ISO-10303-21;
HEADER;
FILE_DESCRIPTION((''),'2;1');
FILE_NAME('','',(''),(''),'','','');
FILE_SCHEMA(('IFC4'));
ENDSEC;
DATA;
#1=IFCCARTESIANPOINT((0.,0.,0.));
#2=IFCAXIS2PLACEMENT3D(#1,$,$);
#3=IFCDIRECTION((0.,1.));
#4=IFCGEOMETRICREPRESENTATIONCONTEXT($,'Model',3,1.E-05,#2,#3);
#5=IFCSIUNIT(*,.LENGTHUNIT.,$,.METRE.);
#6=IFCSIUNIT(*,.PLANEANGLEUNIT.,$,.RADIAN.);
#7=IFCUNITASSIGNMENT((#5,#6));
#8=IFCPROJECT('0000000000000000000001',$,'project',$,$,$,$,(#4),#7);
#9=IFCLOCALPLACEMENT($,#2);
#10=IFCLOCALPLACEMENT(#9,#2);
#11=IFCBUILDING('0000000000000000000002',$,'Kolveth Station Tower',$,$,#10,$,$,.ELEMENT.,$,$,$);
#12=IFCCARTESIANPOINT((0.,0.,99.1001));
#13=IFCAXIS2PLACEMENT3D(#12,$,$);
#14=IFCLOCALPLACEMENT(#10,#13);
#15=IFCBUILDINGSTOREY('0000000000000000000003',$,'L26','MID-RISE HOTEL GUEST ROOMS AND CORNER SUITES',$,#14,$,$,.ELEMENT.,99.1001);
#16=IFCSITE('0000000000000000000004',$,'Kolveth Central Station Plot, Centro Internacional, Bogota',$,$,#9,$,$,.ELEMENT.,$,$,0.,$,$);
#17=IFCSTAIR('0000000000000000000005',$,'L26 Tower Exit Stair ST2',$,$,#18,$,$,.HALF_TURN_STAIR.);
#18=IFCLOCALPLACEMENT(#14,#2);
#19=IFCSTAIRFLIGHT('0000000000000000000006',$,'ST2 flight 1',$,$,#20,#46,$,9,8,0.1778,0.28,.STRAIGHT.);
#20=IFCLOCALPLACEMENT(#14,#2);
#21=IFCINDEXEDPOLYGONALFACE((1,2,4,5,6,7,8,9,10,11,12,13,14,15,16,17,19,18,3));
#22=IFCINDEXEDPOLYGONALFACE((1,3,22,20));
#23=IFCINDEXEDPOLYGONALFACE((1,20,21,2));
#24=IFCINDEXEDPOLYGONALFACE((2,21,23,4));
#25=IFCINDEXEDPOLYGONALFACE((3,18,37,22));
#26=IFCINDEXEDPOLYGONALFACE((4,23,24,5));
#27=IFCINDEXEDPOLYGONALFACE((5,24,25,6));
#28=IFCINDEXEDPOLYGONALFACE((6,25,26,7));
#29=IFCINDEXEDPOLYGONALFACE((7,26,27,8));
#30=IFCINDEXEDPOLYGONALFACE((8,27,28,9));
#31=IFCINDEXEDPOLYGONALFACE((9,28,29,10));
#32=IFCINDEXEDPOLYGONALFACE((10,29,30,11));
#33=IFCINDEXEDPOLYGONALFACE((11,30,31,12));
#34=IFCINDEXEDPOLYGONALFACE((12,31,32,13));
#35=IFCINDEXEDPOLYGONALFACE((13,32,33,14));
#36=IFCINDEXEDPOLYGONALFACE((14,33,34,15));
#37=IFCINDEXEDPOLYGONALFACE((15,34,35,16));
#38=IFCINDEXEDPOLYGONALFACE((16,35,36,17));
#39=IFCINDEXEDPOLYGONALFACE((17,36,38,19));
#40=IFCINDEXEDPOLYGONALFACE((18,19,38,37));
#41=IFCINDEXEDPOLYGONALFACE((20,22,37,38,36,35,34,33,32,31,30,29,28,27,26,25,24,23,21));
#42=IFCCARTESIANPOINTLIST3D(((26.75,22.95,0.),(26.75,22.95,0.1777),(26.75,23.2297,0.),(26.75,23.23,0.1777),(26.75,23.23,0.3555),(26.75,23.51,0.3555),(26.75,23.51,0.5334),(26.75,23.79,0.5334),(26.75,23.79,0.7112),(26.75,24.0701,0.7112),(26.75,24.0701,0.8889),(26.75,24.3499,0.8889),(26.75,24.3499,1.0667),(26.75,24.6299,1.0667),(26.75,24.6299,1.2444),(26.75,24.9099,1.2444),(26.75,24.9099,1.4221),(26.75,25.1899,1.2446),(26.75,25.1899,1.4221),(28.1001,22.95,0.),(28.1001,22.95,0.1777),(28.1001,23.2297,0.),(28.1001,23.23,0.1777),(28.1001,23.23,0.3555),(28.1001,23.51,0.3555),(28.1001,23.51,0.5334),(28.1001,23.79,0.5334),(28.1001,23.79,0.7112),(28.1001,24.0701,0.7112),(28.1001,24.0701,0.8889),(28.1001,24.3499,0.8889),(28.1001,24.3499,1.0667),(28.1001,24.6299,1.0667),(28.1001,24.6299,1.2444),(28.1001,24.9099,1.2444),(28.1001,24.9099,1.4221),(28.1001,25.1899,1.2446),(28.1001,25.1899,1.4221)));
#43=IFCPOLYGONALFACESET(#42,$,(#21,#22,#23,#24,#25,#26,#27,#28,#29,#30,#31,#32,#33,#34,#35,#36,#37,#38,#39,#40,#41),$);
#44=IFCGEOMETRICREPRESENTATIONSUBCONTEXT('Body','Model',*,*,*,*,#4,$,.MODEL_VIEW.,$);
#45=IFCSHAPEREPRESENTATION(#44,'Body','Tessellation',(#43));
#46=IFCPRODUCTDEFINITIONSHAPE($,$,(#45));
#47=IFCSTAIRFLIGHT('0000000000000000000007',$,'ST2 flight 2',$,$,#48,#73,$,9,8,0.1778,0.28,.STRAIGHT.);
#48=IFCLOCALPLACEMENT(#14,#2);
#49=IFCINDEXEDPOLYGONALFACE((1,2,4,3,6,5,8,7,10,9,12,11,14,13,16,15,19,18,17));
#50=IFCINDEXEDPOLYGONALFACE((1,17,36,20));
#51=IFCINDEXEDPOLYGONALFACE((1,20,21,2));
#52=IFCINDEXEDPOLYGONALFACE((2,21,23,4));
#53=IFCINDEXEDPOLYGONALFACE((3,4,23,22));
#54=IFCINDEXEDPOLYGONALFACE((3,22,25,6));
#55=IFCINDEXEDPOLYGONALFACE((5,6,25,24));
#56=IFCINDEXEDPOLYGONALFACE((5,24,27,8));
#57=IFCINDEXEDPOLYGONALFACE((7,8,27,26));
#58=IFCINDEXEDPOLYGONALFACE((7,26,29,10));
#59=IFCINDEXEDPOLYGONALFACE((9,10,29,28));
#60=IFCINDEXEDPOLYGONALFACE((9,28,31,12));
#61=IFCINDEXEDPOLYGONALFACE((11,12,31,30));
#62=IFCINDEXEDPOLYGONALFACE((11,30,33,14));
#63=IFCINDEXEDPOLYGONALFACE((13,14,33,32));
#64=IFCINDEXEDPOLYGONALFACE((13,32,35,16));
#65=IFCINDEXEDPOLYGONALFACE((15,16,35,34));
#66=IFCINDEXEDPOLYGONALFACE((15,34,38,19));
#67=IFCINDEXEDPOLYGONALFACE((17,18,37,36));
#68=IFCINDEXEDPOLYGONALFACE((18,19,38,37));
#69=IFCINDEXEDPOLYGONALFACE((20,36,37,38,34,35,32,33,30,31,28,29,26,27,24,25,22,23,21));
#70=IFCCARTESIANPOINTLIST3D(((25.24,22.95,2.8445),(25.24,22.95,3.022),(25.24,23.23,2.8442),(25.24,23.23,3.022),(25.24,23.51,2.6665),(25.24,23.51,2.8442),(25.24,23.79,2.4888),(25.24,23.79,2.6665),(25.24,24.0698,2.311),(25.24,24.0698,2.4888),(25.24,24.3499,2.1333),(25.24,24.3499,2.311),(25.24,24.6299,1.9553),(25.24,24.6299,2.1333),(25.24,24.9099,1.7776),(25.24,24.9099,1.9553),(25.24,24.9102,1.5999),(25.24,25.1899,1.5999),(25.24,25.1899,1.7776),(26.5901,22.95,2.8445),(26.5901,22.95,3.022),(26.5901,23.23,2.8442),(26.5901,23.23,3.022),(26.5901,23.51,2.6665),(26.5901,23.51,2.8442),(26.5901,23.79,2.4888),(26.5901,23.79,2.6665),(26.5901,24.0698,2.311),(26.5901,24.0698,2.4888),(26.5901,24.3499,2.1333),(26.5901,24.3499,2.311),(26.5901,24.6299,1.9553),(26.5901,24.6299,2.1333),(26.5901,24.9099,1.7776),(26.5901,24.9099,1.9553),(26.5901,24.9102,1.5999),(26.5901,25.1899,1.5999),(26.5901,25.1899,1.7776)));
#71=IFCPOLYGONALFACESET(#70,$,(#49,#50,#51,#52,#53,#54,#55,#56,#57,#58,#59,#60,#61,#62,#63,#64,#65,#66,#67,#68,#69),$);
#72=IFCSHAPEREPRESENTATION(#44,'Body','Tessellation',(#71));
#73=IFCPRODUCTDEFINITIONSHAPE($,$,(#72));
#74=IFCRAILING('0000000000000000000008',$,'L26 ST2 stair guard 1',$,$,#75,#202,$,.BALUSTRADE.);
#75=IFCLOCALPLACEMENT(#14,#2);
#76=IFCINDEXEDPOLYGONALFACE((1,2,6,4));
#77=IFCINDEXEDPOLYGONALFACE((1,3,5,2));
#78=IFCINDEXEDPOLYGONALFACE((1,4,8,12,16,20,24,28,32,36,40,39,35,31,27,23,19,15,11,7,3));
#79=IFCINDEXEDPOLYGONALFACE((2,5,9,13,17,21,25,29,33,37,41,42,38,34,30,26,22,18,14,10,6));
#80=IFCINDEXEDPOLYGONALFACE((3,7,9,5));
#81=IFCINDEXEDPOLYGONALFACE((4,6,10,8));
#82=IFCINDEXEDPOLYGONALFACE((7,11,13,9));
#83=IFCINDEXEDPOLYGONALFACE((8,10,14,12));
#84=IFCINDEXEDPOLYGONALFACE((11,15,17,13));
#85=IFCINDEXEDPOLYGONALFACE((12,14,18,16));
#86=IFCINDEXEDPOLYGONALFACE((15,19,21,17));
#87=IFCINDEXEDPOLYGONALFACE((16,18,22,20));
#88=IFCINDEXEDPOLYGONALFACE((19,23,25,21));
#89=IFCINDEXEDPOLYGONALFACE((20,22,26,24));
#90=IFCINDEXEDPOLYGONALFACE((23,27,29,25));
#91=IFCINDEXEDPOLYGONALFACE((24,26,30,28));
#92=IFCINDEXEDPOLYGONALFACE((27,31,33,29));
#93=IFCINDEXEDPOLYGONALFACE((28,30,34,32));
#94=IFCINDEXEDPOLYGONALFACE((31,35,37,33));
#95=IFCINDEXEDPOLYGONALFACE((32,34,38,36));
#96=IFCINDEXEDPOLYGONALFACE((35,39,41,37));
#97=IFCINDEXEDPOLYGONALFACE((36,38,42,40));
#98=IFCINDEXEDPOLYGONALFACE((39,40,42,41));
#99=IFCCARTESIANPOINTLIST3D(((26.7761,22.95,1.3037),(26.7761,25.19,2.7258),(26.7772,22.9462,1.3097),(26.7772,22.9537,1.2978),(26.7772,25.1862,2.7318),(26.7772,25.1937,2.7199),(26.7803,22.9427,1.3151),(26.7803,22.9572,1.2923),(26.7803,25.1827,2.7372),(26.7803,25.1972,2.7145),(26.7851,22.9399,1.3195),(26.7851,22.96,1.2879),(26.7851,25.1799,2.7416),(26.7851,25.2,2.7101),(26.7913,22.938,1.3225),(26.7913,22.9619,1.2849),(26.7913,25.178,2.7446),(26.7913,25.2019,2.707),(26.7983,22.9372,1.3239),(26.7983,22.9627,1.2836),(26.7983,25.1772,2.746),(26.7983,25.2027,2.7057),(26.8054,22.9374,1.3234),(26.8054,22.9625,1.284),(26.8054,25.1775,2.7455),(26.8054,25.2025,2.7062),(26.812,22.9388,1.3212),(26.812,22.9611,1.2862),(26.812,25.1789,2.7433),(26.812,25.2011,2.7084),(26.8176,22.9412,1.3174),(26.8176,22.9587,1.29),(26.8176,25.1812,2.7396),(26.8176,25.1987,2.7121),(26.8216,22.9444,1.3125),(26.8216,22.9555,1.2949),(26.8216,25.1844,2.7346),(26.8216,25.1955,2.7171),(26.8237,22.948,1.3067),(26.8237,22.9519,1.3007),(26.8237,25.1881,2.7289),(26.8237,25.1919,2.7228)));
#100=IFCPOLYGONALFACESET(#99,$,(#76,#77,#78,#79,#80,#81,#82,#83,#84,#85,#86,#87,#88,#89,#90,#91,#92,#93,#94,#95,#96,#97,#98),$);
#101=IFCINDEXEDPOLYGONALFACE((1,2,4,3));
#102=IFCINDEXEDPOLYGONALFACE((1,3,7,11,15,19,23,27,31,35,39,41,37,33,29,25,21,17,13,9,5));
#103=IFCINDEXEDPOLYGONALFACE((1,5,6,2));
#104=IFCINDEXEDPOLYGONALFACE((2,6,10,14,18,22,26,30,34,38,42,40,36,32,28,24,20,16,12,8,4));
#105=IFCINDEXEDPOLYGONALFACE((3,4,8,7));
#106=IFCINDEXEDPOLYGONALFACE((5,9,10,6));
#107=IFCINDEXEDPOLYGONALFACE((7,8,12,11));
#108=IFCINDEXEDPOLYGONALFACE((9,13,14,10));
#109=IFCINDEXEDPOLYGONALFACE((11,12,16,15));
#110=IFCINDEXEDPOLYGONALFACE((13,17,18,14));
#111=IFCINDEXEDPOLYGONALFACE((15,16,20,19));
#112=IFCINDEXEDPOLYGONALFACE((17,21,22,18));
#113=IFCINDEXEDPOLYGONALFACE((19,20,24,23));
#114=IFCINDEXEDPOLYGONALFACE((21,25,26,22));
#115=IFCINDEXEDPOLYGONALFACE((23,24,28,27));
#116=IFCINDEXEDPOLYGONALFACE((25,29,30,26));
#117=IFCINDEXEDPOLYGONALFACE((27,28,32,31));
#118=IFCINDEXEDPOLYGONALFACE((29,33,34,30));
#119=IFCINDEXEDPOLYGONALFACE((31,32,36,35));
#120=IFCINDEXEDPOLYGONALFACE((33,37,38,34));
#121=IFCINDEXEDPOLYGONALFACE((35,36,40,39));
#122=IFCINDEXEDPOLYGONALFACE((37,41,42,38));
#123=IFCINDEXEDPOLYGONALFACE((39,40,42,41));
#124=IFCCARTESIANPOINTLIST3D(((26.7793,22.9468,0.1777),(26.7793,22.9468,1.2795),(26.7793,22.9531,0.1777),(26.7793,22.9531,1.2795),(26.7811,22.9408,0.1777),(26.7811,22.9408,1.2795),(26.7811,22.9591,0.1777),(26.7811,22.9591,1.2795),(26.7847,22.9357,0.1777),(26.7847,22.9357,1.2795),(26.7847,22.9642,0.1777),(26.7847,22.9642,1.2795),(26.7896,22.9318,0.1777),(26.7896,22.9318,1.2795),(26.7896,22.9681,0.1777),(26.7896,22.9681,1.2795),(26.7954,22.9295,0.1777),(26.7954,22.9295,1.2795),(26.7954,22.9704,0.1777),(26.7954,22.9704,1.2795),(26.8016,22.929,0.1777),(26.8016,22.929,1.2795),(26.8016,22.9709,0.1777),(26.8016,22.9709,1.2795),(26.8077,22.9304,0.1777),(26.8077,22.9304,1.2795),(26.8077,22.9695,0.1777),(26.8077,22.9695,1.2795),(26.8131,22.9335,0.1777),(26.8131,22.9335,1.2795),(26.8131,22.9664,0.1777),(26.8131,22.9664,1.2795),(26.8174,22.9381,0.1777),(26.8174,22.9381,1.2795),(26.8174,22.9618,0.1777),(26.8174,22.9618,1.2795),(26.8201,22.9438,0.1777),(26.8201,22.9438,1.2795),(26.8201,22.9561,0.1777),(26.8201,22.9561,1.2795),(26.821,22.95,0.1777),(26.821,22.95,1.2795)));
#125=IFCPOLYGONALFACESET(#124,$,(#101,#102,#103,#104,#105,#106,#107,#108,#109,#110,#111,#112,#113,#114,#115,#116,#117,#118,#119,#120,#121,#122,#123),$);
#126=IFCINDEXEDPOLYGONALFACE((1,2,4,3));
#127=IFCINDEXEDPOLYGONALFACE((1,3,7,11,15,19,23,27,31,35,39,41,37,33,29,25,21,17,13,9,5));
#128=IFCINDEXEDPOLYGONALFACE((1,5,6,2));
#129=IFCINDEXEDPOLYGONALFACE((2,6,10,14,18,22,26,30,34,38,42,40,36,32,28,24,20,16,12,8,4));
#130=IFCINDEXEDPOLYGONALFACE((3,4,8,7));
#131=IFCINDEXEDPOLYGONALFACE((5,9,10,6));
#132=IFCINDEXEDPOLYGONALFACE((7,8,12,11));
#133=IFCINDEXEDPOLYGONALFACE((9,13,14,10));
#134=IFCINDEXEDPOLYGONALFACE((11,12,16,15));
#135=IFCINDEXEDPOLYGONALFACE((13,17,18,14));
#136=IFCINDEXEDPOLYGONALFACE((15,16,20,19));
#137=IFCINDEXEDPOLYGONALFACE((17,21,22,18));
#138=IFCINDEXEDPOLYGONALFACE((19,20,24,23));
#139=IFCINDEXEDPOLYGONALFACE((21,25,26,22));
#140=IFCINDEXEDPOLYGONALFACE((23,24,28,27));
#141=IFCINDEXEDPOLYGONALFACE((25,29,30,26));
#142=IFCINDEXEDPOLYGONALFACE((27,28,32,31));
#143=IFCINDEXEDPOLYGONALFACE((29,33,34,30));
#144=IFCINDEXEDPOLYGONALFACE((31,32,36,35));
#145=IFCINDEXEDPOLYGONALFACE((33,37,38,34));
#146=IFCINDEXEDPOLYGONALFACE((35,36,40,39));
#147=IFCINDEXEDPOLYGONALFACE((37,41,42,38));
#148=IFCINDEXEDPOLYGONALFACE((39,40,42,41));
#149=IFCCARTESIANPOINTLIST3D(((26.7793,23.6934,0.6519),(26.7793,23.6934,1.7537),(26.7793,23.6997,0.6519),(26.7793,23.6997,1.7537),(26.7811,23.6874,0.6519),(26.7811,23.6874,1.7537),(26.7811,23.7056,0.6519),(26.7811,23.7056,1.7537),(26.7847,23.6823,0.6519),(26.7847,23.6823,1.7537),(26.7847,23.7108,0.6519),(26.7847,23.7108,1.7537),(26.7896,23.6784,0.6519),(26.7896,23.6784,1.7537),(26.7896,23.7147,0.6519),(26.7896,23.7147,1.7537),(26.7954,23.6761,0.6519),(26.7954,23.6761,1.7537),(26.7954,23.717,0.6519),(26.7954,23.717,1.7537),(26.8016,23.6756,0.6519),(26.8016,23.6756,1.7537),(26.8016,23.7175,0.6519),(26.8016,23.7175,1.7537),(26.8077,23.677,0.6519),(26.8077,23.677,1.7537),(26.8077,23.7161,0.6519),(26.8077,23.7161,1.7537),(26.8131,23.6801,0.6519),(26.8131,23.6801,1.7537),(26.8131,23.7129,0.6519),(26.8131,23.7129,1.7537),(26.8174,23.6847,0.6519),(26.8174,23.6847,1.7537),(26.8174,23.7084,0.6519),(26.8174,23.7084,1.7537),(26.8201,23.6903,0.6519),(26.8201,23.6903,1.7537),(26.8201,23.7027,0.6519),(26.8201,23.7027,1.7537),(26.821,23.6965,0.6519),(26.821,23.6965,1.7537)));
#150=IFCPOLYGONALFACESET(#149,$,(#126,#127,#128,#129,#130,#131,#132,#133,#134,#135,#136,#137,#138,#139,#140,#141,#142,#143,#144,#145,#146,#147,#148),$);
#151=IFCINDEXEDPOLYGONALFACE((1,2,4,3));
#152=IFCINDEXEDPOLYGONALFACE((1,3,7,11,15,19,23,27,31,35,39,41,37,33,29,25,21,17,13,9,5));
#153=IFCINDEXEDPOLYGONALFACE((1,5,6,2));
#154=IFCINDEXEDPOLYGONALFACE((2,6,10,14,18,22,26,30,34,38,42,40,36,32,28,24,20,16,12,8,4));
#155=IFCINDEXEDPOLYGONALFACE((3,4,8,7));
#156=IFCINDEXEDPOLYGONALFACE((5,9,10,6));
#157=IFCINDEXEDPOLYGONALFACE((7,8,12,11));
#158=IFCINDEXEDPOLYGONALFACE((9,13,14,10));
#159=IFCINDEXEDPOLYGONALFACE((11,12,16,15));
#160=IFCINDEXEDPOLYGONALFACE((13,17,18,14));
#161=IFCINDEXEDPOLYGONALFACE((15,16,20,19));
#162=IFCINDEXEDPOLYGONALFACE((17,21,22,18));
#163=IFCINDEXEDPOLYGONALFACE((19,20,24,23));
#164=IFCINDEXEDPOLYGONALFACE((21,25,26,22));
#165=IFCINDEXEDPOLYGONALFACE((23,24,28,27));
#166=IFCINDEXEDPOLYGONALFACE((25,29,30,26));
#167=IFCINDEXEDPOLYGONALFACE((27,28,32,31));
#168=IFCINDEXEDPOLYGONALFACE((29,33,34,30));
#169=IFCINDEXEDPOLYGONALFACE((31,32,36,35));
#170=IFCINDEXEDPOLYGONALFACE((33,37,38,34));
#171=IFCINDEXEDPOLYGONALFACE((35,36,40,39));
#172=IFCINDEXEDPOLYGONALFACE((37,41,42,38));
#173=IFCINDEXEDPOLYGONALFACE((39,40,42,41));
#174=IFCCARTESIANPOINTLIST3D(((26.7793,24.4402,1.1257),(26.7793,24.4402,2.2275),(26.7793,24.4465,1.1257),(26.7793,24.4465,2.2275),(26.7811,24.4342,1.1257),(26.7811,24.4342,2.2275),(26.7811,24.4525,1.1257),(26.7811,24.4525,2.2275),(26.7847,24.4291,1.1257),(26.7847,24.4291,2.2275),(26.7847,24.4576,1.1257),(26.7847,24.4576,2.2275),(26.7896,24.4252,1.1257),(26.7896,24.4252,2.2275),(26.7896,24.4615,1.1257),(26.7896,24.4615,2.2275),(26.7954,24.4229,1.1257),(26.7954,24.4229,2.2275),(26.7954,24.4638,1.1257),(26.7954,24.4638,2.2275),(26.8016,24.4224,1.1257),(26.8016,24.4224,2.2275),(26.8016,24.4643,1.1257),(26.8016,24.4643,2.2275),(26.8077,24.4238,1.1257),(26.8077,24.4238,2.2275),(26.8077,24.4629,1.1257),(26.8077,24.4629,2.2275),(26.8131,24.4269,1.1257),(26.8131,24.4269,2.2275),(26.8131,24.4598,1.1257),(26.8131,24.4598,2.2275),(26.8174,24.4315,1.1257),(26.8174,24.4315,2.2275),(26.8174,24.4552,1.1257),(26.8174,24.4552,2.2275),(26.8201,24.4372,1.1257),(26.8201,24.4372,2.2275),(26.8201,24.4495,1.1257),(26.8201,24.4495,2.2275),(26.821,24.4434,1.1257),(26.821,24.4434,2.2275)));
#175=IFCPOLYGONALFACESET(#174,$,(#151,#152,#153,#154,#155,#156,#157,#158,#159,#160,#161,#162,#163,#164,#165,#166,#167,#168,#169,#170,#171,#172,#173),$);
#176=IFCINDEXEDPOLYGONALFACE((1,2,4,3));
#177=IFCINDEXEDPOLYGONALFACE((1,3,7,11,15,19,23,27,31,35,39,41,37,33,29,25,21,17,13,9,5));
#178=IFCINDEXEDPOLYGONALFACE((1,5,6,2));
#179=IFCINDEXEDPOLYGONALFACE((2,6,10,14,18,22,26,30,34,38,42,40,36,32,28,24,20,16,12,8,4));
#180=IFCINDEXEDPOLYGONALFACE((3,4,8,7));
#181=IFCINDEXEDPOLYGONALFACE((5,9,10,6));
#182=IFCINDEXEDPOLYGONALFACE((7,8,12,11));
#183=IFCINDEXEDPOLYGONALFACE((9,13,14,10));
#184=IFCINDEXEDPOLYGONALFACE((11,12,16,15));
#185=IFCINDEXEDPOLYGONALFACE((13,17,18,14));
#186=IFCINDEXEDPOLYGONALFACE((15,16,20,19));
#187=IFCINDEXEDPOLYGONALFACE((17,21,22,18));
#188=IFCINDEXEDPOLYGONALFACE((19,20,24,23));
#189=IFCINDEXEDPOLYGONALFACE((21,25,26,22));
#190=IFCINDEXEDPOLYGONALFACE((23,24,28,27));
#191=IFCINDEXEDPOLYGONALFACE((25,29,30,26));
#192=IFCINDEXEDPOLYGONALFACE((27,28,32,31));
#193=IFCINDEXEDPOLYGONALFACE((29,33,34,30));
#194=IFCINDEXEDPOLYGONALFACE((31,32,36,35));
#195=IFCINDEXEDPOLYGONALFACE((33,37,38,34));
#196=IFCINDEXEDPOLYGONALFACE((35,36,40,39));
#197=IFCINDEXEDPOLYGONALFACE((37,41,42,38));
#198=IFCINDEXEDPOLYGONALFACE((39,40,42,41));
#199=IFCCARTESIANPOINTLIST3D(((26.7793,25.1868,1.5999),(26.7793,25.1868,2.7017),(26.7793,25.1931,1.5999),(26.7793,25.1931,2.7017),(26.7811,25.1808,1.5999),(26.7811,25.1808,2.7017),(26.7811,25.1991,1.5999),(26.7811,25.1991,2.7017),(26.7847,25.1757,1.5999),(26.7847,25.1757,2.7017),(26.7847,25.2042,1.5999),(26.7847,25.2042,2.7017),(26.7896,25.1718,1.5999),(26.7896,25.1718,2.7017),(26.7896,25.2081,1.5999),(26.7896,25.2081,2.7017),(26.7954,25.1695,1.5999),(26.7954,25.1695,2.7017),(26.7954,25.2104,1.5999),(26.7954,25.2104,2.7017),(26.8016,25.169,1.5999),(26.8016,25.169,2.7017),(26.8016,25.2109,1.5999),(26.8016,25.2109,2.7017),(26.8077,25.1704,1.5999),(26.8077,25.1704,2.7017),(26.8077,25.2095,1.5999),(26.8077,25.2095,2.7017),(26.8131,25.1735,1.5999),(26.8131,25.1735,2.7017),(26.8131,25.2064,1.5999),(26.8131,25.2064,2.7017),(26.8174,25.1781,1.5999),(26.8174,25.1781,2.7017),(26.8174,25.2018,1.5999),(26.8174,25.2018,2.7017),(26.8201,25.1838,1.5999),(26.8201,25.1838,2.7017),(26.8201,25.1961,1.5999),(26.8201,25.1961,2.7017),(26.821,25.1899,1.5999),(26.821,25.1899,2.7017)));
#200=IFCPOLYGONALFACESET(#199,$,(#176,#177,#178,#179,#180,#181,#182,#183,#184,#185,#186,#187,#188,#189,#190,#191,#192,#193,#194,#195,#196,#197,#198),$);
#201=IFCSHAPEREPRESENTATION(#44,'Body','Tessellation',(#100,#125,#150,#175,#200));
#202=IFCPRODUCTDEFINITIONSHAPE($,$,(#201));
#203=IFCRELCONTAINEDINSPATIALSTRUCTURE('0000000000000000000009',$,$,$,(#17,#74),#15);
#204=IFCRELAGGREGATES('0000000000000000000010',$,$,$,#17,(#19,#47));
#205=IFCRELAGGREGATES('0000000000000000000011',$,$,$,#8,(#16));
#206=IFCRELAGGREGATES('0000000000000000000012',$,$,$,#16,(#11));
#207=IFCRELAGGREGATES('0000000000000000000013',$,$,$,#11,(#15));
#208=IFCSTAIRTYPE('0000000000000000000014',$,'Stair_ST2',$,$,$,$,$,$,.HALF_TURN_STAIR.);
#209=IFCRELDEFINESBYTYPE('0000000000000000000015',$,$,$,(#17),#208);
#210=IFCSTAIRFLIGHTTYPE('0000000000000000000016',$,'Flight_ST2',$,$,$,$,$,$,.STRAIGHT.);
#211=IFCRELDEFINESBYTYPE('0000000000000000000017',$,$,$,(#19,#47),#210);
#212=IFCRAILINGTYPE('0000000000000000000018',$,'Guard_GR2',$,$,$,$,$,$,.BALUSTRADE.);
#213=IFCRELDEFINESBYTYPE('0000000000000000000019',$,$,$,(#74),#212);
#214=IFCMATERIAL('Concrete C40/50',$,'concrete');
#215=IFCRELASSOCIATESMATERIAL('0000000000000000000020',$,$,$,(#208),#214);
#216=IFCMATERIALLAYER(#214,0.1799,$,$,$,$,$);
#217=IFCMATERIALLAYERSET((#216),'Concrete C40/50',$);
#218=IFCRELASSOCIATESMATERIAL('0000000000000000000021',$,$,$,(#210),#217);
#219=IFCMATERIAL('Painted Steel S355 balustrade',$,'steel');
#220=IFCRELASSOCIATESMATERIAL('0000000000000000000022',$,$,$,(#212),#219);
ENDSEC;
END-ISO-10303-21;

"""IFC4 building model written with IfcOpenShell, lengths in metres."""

from ifc_helpers import new_model, si_unit, direction, frame, origin, origin_2d, place, context, subcontext, project, spatial, polyline, circle, outline, extrude, material, layer, layer_set, type_object, element, aggregate, save


model = new_model("IFC4")

# Units and contexts
model_context = context("Model", 3, precision=1e-05, world=origin(), true_north=direction((0.0, 1.0)))
body_context = subcontext(model_context, "Body", "Model", "MODEL_VIEW")
ifc_project = project(units=[si_unit("LENGTHUNIT", "METRE"), si_unit("PLANEANGLEUNIT", "RADIAN")], contexts=[model_context])

# Site, building, storey
site_placement = place(None, origin())
site = spatial("IfcSite", under=ifc_project, at=site_placement, Name="Kolveth Central Station Plot, Centro Internacional, Bogota", CompositionType="ELEMENT", RefElevation=0.0)
building_placement = place(site_placement, origin())
building = spatial("IfcBuilding", under=site, at=building_placement, Name="Kolveth Station Tower", CompositionType="ELEMENT")
storey_placement = place(building_placement, frame((0.0, 0.0, 99.1001)))
storey = spatial("IfcBuildingStorey", under=building, at=storey_placement, Name="L26", Description="MID-RISE HOTEL GUEST ROOMS AND CORNER SUITES", CompositionType="ELEMENT", Elevation=99.1001)

# Shared definitions
ifc_material_1 = material(Name="Concrete C40/50", Category="concrete")

# Stair, stair flights
stair_type = type_object("IfcStairType", Name="Stair_ST2", PredefinedType="HALF_TURN_STAIR", material=ifc_material_1)
stair_placement = place(storey_placement, origin())
stair = element("IfcStair", 1, at=stair_placement, inside=storey, type_object=stair_type, Name="L26 Tower Exit Stair ST2", PredefinedType="HALF_TURN_STAIR")
ifc_layer_1 = layer(ifc_material_1, 0.1799)
ifc_layer_set_1 = layer_set([ifc_layer_1], Name="Concrete C40/50")
stair_flight_type = type_object("IfcStairFlightType", Name="Flight_ST2", PredefinedType="STRAIGHT", material=ifc_layer_set_1)
stair_flight_1_placement = place(storey_placement, frame((27.425, 22.95, 0.0), z_axis=(0.0, 0.0, 1.0), x_axis=(0.0, 1.0, 0.0)))
stair_flight_1 = element("IfcStairFlight", 2, at=stair_flight_1_placement, type_object=stair_flight_type, Name="ST2 flight 1", NumberOfRisers=9, NumberOfTreads=8, PredefinedType="STRAIGHT", RiserHeight=0.1778, TreadLength=0.28, context=body_context, shape_type="SweptSolid", body=[
    extrude(outline(polyline([(0.0, 0.0), (0.0, 0.1777), (0.28, 0.1777), (0.28, 0.3555), (0.5601, 0.3555), (0.5601, 0.5334), (0.8401, 0.5334), (0.8401, 0.7112), (1.1201, 0.7112), (1.1201, 0.8889), (1.3999, 0.8889), (1.3999, 1.0667), (1.6799, 1.0667), (1.6799, 1.2444), (1.96, 1.2444), (1.96, 1.4221), (2.24, 1.4221), (2.24, 1.6001), (2.24, 1.2446), (0.2798, 0.0), (0.0, 0.0)])), frame((0.0, 0.675, 0.0), z_axis=(0.0, -1.0, 0.0), x_axis=(1.0, 0.0, 0.0)), (0.0, 0.0, 1.0), 1.3501),
])
stair_flight_2_placement = place(storey_placement, frame((25.915, 25.1899, 1.5999), z_axis=(0.0, 0.0, 1.0), x_axis=(0.0, -1.0, 0.0)))
stair_flight_2 = element("IfcStairFlight", 3, at=stair_flight_2_placement, type_object=stair_flight_type, Name="ST2 flight 2", NumberOfRisers=9, NumberOfTreads=8, PredefinedType="STRAIGHT", RiserHeight=0.1778, TreadLength=0.28, context=body_context, shape_type="SweptSolid", body=[
    extrude(outline(polyline([(0.0, 0.0), (0.0, 0.1777), (0.28, 0.1777), (0.28, 0.3555), (0.5601, 0.3555), (0.5601, 0.5334), (0.8401, 0.5334), (0.8401, 0.7112), (1.1201, 0.7112), (1.1201, 0.8889), (1.3999, 0.8889), (1.3999, 1.0667), (1.6799, 1.0667), (1.6799, 1.2444), (1.96, 1.2444), (1.96, 1.4221), (2.24, 1.4221), (2.24, 1.6001), (2.24, 1.2446), (0.2798, 0.0), (0.0, 0.0)])), frame((0.0, 0.675, 0.0), z_axis=(0.0, -1.0, 0.0), x_axis=(1.0, 0.0, 0.0)), (0.0, 0.0, 1.0), 1.3501),
])
aggregate(stair, [stair_flight_1, stair_flight_2])

# Railing
ifc_material_2 = material(Name="Painted Steel S355 balustrade", Category="steel")
railing_type_1 = type_object("IfcRailingType", Name="Guard_GR2", PredefinedType="BALUSTRADE", material=ifc_material_2)
railing_1_placement = place(storey_placement, frame((26.8, 22.95, 0.1777)))
element("IfcRailing", 4, at=railing_1_placement, inside=storey, type_object=railing_type_1, Name="L26 ST2 stair guard 1", PredefinedType="BALUSTRADE", context=body_context, shape_type="SweptSolid", body=[
    extrude(circle(Radius=0.0239, at=origin_2d()), frame((0.0, 0.0, 1.126), z_axis=(0.0, 0.844229, 0.535982), x_axis=(-1.0, 0.0, 0.0)), (0.0, 0.0, 1.0), 2.6533),
    extrude(circle(Radius=0.021, at=origin_2d()), origin(), (0.0, 0.0, 1.0), 1.1018),
    extrude(circle(Radius=0.021, at=origin_2d()), frame((0.0, 0.7466, 0.4741)), (0.0, 0.0, 1.0), 1.1018),
    extrude(circle(Radius=0.021, at=origin_2d()), frame((0.0, 1.4934, 0.948)), (0.0, 0.0, 1.0), 1.1018),
    extrude(circle(Radius=0.021, at=origin_2d()), frame((0.0, 2.24, 1.4221)), (0.0, 0.0, 1.0), 1.1018),
])

save(model, "model.ifc")
